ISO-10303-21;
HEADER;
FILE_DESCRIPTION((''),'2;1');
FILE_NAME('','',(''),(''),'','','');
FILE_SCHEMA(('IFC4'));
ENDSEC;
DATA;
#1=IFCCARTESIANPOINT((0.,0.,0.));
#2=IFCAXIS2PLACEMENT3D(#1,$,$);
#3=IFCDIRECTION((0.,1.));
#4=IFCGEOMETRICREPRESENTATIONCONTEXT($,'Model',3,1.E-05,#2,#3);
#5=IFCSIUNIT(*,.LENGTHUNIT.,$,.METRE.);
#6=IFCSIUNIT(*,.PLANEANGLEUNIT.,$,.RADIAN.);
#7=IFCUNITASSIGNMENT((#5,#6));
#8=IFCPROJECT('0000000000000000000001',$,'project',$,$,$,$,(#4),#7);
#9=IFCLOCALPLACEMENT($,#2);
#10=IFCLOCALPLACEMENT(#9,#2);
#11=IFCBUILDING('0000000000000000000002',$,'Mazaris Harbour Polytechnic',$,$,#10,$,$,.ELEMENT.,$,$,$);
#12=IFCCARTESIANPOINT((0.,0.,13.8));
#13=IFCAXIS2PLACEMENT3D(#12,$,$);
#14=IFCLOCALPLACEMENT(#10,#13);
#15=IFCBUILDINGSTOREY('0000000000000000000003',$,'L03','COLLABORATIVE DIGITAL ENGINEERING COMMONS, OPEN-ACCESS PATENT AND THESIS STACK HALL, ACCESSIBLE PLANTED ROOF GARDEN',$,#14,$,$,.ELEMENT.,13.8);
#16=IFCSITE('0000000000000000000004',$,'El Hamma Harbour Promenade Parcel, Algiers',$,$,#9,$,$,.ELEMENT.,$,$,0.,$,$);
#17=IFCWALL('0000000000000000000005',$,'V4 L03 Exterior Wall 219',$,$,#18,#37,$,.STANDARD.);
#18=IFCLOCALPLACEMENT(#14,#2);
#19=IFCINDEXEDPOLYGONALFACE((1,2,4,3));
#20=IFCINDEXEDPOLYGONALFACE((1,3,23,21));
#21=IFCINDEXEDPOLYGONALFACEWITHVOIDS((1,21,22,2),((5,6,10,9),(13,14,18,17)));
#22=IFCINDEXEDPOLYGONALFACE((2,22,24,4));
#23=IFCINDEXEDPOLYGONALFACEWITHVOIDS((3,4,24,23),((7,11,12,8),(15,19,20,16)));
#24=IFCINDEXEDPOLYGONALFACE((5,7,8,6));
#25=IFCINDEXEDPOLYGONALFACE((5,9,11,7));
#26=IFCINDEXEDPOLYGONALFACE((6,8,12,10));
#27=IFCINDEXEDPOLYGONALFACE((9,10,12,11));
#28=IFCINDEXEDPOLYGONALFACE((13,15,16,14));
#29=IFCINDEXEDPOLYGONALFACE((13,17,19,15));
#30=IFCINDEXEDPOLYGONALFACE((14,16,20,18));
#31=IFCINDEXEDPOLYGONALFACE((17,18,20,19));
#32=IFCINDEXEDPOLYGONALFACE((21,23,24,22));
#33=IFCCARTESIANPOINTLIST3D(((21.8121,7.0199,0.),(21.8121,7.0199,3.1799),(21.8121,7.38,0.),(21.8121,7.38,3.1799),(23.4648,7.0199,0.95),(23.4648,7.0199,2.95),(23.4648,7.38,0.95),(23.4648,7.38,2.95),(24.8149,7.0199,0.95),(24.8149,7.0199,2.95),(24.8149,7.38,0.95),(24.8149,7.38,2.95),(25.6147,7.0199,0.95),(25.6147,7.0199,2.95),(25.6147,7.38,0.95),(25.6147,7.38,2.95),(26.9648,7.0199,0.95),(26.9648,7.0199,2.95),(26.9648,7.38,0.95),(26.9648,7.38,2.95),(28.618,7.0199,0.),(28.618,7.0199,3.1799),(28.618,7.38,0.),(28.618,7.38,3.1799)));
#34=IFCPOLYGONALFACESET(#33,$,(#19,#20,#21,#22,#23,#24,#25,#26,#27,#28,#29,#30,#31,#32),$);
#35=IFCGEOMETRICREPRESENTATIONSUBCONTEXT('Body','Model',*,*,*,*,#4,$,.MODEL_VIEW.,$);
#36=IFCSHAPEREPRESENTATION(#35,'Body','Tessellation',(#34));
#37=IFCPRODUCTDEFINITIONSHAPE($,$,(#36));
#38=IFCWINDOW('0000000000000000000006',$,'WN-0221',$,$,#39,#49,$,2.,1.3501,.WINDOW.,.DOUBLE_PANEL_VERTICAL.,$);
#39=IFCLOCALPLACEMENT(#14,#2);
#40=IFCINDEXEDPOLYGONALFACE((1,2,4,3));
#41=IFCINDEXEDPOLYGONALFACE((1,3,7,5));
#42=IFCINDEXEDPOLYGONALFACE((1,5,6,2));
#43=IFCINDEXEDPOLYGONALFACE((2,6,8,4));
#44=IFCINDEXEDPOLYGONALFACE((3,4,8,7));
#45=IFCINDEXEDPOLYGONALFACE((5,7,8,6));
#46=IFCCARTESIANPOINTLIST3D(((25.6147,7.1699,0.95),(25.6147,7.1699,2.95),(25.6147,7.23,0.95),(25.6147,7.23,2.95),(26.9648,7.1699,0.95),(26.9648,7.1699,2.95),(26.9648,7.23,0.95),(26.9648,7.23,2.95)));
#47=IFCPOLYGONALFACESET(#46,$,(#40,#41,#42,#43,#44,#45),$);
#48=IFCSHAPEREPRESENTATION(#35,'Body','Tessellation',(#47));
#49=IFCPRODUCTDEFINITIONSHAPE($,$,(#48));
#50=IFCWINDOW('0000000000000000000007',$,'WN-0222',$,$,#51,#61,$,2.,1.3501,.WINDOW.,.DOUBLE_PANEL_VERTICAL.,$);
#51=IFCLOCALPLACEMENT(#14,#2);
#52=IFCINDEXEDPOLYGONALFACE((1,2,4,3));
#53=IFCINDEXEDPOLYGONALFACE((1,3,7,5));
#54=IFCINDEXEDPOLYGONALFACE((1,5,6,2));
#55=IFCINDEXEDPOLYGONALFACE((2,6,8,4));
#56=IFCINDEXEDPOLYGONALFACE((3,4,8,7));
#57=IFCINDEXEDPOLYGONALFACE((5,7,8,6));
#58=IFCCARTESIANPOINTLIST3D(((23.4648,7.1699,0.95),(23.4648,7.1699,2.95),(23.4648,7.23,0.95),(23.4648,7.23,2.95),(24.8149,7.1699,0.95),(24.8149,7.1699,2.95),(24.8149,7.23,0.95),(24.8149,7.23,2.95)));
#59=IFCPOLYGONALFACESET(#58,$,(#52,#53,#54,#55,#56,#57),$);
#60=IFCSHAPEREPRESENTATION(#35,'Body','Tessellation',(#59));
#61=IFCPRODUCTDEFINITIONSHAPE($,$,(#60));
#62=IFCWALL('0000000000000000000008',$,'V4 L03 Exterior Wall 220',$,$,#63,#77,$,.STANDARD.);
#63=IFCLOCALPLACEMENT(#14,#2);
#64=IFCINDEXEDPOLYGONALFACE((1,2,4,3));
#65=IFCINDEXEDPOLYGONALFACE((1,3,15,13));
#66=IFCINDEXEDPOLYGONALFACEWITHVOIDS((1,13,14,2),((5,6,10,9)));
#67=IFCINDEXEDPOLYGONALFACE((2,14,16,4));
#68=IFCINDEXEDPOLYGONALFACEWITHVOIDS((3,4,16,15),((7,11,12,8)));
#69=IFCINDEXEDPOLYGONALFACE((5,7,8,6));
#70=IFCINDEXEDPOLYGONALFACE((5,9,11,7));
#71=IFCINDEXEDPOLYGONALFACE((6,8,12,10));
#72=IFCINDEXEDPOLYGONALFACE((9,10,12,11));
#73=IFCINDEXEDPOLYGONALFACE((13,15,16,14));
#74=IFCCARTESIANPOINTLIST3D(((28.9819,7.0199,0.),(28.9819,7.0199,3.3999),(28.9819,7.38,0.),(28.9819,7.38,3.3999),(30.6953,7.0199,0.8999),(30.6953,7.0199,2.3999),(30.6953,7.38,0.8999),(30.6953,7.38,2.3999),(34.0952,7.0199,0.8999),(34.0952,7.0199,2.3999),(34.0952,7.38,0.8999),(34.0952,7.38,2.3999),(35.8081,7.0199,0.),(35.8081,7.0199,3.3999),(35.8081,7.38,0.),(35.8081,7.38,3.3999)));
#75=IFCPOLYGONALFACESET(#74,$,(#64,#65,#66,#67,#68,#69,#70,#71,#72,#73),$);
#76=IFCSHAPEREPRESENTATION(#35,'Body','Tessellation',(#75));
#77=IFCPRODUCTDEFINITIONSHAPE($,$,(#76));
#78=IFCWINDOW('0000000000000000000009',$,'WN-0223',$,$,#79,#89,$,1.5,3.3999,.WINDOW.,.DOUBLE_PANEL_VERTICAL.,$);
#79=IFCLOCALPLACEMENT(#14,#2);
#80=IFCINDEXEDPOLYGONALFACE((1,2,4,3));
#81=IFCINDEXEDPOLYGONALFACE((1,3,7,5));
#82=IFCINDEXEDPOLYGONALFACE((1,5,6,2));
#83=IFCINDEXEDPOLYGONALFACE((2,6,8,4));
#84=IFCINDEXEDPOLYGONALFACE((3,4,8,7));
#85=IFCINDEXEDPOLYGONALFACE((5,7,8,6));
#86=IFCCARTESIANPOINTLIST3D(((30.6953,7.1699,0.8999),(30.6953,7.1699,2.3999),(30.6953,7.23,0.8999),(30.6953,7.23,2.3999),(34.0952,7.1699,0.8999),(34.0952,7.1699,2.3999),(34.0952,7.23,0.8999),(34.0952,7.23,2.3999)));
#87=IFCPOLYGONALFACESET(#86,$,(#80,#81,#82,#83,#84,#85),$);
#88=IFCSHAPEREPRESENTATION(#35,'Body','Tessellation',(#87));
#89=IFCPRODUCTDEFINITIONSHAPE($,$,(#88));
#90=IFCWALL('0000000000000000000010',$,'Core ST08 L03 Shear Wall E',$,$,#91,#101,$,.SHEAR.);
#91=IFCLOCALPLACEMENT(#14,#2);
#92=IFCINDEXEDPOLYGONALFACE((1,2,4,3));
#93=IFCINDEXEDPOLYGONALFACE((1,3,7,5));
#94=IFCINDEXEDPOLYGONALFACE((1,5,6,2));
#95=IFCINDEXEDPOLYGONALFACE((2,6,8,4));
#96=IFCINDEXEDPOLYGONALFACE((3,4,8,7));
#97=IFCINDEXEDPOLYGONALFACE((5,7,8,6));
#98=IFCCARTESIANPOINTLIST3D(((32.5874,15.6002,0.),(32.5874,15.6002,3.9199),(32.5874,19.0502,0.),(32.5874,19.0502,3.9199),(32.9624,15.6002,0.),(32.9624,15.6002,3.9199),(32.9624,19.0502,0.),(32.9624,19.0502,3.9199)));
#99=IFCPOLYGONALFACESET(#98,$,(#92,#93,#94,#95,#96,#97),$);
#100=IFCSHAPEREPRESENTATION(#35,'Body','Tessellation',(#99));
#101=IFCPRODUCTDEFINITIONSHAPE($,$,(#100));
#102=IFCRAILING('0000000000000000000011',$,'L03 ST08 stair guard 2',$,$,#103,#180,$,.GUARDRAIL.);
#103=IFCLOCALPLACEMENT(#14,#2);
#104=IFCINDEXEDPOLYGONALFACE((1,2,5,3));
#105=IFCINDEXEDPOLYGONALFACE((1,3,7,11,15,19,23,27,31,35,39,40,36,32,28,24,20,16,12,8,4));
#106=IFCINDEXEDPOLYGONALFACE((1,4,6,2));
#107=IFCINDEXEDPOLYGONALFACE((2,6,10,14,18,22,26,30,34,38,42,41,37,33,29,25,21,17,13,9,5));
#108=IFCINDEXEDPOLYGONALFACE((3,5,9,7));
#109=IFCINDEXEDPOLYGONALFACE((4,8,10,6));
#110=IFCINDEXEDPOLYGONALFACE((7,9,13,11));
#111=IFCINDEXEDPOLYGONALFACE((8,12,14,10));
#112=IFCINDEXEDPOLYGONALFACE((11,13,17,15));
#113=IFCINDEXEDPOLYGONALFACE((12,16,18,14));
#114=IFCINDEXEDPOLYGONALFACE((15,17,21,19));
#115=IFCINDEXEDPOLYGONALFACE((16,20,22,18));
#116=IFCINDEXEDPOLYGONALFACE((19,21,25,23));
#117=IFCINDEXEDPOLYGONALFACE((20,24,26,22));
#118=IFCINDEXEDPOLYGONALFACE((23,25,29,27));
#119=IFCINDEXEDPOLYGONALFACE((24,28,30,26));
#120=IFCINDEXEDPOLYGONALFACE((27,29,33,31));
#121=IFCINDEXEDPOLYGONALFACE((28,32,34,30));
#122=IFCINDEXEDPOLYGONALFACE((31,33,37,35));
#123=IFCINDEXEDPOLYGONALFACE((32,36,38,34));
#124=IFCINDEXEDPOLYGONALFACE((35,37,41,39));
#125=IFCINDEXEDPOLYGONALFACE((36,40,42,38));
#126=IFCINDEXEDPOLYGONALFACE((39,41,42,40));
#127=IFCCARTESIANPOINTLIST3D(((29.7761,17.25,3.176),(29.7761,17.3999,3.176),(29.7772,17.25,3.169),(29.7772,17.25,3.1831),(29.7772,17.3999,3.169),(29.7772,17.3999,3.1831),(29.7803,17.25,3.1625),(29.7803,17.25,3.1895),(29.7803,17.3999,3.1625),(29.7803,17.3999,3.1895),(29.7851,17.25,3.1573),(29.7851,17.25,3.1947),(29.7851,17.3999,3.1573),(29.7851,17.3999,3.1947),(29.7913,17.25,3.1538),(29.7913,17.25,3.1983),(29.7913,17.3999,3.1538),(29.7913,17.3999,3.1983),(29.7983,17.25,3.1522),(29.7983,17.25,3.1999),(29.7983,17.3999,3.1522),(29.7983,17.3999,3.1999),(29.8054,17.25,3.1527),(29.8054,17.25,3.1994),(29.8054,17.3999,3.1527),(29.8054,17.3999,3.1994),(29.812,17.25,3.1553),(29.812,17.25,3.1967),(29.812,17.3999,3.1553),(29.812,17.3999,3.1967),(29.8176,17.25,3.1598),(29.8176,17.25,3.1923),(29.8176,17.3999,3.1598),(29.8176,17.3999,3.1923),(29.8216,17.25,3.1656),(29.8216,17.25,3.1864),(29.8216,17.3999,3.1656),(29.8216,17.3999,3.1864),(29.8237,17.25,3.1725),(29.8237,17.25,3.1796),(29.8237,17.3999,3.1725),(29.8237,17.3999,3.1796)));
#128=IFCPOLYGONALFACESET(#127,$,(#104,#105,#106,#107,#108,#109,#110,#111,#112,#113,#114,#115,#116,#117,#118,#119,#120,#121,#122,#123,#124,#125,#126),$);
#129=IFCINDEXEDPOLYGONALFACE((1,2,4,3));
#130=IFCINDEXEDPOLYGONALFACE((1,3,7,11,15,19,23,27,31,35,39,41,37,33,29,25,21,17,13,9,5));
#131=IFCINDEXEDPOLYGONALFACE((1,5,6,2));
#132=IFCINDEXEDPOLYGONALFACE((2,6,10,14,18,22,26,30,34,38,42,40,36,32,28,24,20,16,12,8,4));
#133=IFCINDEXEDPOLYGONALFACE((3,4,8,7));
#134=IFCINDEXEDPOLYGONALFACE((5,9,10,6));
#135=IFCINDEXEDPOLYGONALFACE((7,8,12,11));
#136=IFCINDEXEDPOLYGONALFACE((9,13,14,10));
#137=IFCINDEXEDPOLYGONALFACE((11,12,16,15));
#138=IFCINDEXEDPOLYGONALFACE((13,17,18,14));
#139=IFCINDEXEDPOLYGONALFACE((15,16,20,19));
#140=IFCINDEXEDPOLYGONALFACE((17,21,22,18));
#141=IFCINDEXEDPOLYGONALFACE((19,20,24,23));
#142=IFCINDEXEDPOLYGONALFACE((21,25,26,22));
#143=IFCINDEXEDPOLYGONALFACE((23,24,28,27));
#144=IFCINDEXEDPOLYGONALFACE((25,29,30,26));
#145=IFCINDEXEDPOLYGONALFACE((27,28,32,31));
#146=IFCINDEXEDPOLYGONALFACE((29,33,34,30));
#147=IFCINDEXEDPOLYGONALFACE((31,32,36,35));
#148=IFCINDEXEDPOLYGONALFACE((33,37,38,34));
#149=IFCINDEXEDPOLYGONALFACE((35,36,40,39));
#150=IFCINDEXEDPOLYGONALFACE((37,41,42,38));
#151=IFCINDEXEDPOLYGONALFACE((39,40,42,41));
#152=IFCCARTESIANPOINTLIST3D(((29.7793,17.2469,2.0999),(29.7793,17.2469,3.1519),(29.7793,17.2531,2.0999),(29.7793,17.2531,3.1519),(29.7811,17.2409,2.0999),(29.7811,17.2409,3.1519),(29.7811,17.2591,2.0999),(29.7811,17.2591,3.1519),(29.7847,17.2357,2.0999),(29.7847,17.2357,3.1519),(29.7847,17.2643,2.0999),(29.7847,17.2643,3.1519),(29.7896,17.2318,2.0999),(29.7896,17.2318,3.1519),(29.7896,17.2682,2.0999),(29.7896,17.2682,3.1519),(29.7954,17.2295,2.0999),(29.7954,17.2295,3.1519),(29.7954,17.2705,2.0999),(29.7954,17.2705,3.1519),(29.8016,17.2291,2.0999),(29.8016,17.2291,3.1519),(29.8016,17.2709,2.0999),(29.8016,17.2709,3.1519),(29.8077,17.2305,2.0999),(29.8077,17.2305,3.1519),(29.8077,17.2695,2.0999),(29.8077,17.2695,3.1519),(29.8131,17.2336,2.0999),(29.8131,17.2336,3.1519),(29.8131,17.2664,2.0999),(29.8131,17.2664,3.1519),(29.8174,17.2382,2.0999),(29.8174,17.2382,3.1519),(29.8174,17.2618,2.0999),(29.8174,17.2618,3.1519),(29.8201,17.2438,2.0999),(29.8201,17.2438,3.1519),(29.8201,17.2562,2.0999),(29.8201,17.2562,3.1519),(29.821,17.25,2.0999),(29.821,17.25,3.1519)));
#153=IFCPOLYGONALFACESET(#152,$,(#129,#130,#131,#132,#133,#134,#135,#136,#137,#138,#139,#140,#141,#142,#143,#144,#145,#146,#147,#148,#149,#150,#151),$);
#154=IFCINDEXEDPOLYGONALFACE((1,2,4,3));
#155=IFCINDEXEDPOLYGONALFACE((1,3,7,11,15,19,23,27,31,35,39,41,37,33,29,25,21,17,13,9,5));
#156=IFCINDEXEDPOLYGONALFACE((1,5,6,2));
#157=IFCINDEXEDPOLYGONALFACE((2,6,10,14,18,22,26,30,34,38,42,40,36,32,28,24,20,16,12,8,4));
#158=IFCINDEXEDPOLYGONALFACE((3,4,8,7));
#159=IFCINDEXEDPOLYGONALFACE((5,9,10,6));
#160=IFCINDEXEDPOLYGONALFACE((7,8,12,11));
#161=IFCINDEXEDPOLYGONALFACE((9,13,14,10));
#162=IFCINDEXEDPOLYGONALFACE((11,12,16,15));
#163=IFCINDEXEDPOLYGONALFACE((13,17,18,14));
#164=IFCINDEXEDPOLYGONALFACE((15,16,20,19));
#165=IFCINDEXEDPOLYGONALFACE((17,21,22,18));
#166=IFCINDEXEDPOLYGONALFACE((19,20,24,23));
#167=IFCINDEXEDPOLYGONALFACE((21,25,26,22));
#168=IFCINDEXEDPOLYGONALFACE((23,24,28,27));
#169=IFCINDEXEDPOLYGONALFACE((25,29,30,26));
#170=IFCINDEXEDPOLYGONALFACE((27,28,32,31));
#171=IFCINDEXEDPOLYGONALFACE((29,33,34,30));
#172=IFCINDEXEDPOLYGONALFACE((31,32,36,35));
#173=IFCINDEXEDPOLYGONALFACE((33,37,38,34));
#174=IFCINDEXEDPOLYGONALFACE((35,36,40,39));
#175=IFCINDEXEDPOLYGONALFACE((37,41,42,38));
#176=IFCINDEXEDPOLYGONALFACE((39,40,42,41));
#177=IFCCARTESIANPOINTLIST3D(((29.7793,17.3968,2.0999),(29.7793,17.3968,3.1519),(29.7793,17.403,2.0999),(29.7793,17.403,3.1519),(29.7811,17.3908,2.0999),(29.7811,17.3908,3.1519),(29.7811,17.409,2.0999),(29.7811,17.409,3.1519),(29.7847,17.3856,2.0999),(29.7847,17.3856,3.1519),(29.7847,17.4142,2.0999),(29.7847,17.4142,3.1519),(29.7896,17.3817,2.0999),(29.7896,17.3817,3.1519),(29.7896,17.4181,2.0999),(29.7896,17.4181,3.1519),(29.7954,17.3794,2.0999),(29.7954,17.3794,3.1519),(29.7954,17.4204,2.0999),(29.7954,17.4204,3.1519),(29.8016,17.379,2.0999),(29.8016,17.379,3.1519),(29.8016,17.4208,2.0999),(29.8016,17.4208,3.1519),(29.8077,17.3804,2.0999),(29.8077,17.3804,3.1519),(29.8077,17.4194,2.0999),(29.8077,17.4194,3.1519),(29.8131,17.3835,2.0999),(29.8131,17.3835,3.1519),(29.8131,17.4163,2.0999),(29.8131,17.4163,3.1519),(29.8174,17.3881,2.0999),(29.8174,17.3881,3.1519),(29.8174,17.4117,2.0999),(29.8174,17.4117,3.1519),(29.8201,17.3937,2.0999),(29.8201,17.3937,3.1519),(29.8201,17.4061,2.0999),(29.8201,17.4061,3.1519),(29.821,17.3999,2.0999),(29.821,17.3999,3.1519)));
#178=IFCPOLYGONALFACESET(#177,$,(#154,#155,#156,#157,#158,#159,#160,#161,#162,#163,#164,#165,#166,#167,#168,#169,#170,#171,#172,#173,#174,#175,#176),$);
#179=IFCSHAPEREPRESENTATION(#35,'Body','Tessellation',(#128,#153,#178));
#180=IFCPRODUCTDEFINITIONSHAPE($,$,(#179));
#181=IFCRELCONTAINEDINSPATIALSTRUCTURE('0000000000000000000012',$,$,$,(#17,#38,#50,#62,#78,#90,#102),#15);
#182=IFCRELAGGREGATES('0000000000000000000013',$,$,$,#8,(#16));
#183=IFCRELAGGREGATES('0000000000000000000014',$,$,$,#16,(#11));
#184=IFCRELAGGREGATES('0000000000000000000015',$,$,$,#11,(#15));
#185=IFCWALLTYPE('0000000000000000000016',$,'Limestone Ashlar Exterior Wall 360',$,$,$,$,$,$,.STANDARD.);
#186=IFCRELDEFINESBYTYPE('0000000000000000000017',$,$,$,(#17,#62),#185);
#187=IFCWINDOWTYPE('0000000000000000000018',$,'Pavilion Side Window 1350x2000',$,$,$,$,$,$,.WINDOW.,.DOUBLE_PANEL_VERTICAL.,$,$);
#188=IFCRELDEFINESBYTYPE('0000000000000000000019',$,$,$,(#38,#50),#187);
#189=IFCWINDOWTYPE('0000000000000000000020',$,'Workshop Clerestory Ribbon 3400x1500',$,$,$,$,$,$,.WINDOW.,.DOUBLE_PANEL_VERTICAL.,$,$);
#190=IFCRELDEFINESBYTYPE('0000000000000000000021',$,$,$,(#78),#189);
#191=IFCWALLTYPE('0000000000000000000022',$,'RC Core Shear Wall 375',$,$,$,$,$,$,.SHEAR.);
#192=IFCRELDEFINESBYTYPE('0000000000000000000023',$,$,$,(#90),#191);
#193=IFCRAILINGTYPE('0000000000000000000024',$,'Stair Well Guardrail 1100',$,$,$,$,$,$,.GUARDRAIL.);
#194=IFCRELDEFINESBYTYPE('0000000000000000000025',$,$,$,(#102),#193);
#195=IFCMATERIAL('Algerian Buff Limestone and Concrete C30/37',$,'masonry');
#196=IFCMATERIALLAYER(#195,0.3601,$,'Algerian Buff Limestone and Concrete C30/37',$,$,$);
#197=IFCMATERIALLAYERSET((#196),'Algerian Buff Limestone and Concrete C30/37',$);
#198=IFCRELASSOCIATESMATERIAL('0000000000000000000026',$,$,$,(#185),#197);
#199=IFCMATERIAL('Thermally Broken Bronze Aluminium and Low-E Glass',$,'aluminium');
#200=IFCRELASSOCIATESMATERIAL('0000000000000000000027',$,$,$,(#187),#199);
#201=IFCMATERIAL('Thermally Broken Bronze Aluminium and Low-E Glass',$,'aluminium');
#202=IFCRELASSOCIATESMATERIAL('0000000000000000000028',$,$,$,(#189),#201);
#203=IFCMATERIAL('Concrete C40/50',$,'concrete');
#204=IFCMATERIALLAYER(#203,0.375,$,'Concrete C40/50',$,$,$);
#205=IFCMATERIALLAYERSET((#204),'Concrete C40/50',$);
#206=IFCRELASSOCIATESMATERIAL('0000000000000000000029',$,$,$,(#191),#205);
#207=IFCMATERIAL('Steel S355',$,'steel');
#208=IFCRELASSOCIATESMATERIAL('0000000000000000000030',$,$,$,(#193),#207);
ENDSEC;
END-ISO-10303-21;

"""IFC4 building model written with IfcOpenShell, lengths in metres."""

from ifc_helpers import new_model, si_unit, direction, frame, frame_2d, origin, origin_2d, place, context, subcontext, project, spatial, rectangle, circle, extrude, material, layer, layer_set, type_object, element, fill, save


model = new_model("IFC4")

# Units and contexts
model_context = context("Model", 3, precision=1e-05, world=origin(), true_north=direction((0.0, 1.0)))
body_context = subcontext(model_context, "Body", "Model", "MODEL_VIEW")
ifc_project = project(units=[si_unit("LENGTHUNIT", "METRE"), si_unit("PLANEANGLEUNIT", "RADIAN")], contexts=[model_context])

# Site, building, storey
site_placement = place(None, origin())
site = spatial("IfcSite", under=ifc_project, at=site_placement, Name="El Hamma Harbour Promenade Parcel, Algiers", CompositionType="ELEMENT", RefElevation=0.0)
building_placement = place(site_placement, origin())
building = spatial("IfcBuilding", under=site, at=building_placement, Name="Mazaris Harbour Polytechnic", CompositionType="ELEMENT")
storey_placement = place(building_placement, frame((0.0, 0.0, 13.8)))
storey = spatial("IfcBuildingStorey", under=building, at=storey_placement, Name="L03", Description="COLLABORATIVE DIGITAL ENGINEERING COMMONS, OPEN-ACCESS PATENT AND THESIS STACK HALL, ACCESSIBLE PLANTED ROOF GARDEN", CompositionType="ELEMENT", Elevation=13.8)

# Wall, openings, windows
ifc_material_1 = material(Name="Algerian Buff Limestone and Concrete C30/37", Category="masonry")
ifc_layer_1 = layer(ifc_material_1, 0.3601, Name="Algerian Buff Limestone and Concrete C30/37")
ifc_layer_set_1 = layer_set([ifc_layer_1], Name="Algerian Buff Limestone and Concrete C30/37")
wall_type_1 = type_object("IfcWallType", Name="Limestone Ashlar Exterior Wall 360", PredefinedType="STANDARD", material=ifc_layer_set_1)
wall_1_placement = place(storey_placement, frame((28.6179, 7.2, 0.0), z_axis=(0.0, 0.0, 1.0), x_axis=(-1.0, 0.0, 0.0)))
wall_1 = element("IfcWall", 1, at=wall_1_placement, inside=storey, type_object=wall_type_1, Name="V4 L03 Exterior Wall 219", PredefinedType="STANDARD", context=body_context, shape_type="SweptSolid", body=[
    extrude(rectangle(XDim=6.8059, YDim=0.3601, at=frame_2d((3.4028, 0.0))), origin(), (0.0, 0.0, 1.0), 3.1799),
])
opening_1_placement = place(wall_1_placement, frame((1.6531, 0.0, 0.95)))
opening_1 = element("IfcOpeningElement", 2, at=opening_1_placement, cuts=wall_1, PredefinedType="OPENING", context=body_context, shape_type="SweptSolid", body=[
    extrude(rectangle(XDim=1.3501, YDim=2.0, at=frame_2d((0.675, 1.0))), frame((0.0, 0.1899, 0.0), z_axis=(0.0, -1.0, 0.0), x_axis=(1.0, 0.0, 0.0)), (0.0, 0.0, 1.0), 0.3801),
])
opening_2_placement = place(wall_1_placement, frame((3.803, 0.0, 0.95)))
opening_2 = element("IfcOpeningElement", 3, at=opening_2_placement, cuts=wall_1, PredefinedType="OPENING", context=body_context, shape_type="SweptSolid", body=[
    extrude(rectangle(XDim=1.3501, YDim=2.0, at=frame_2d((0.675, 1.0))), frame((0.0, 0.1899, 0.0), z_axis=(0.0, -1.0, 0.0), x_axis=(1.0, 0.0, 0.0)), (0.0, 0.0, 1.0), 0.3801),
])
ifc_material_2 = material(Name="Thermally Broken Bronze Aluminium and Low-E Glass", Category="aluminium")
window_type_1 = type_object("IfcWindowType", Name="Pavilion Side Window 1350x2000", PartitioningType="DOUBLE_PANEL_VERTICAL", PredefinedType="WINDOW", material=ifc_material_2)
window_1_placement = place(opening_1_placement, origin())
window_1 = element("IfcWindow", 4, at=window_1_placement, inside=storey, type_object=window_type_1, Name="WN-0221", OverallHeight=2.0, OverallWidth=1.3501, PartitioningType="DOUBLE_PANEL_VERTICAL", PredefinedType="WINDOW", context=body_context, shape_type="SweptSolid", body=[
    extrude(rectangle(XDim=1.3501, YDim=2.0, at=frame_2d((0.675, 1.0))), frame((0.0, 0.03, 0.0), z_axis=(0.0, -1.0, 0.0), x_axis=(1.0, 0.0, 0.0)), (0.0, 0.0, 1.0), 0.0601),
])
fill(opening_1, window_1)
window_2_placement = place(opening_2_placement, origin())
window_2 = element("IfcWindow", 5, at=window_2_placement, inside=storey, type_object=window_type_1, Name="WN-0222", OverallHeight=2.0, OverallWidth=1.3501, PartitioningType="DOUBLE_PANEL_VERTICAL", PredefinedType="WINDOW", context=body_context, shape_type="SweptSolid", body=[
    extrude(rectangle(XDim=1.3501, YDim=2.0, at=frame_2d((0.675, 1.0))), frame((0.0, 0.03, 0.0), z_axis=(0.0, -1.0, 0.0), x_axis=(1.0, 0.0, 0.0)), (0.0, 0.0, 1.0), 0.0601),
])
fill(opening_2, window_2)

# Wall, opening, window
wall_2_placement = place(storey_placement, frame((35.8081, 7.2, 0.0), z_axis=(0.0, 0.0, 1.0), x_axis=(-1.0, 0.0, 0.0)))
wall_2 = element("IfcWall", 6, at=wall_2_placement, inside=storey, type_object=wall_type_1, Name="V4 L03 Exterior Wall 220", PredefinedType="STANDARD", context=body_context, shape_type="SweptSolid", body=[
    extrude(rectangle(XDim=6.8262, YDim=0.3601, at=frame_2d((3.4131, 0.0))), origin(), (0.0, 0.0, 1.0), 3.3999),
])
opening_3_placement = place(wall_2_placement, frame((1.7129, 0.0, 0.8999)))
opening_3 = element("IfcOpeningElement", 7, at=opening_3_placement, cuts=wall_2, PredefinedType="OPENING", context=body_context, shape_type="SweptSolid", body=[
    extrude(rectangle(XDim=3.3999, YDim=1.5, at=frame_2d((1.7, 0.75))), frame((0.0, 0.1899, 0.0), z_axis=(0.0, -1.0, 0.0), x_axis=(1.0, 0.0, 0.0)), (0.0, 0.0, 1.0), 0.3801),
])
ifc_material_3 = material(Name="Thermally Broken Bronze Aluminium and Low-E Glass", Category="aluminium")
window_type_2 = type_object("IfcWindowType", Name="Workshop Clerestory Ribbon 3400x1500", PartitioningType="DOUBLE_PANEL_VERTICAL", PredefinedType="WINDOW", material=ifc_material_3)
window_3_placement = place(opening_3_placement, origin())
window_3 = element("IfcWindow", 8, at=window_3_placement, inside=storey, type_object=window_type_2, Name="WN-0223", OverallHeight=1.5, OverallWidth=3.3999, PartitioningType="DOUBLE_PANEL_VERTICAL", PredefinedType="WINDOW", context=body_context, shape_type="SweptSolid", body=[
    extrude(rectangle(XDim=3.3999, YDim=1.5, at=frame_2d((1.7, 0.75))), frame((0.0, 0.03, 0.0), z_axis=(0.0, -1.0, 0.0), x_axis=(1.0, 0.0, 0.0)), (0.0, 0.0, 1.0), 0.0601),
])
fill(opening_3, window_3)

# Wall
ifc_material_4 = material(Name="Concrete C40/50", Category="concrete")
ifc_layer_2 = layer(ifc_material_4, 0.375, Name="Concrete C40/50")
ifc_layer_set_2 = layer_set([ifc_layer_2], Name="Concrete C40/50")
wall_type_2 = type_object("IfcWallType", Name="RC Core Shear Wall 375", PredefinedType="SHEAR", material=ifc_layer_set_2)
wall_3_placement = place(storey_placement, frame((32.7749, 15.6001, 0.0), z_axis=(0.0, 0.0, 1.0), x_axis=(0.0, 1.0, 0.0)))
element("IfcWall", 9, at=wall_3_placement, inside=storey, type_object=wall_type_2, Name="Core ST08 L03 Shear Wall E", PredefinedType="SHEAR", context=body_context, shape_type="SweptSolid", body=[
    extrude(rectangle(XDim=3.45, YDim=0.375, at=frame_2d((1.7251, 0.0))), origin(), (0.0, 0.0, 1.0), 3.9199),
])

# Railing
ifc_material_5 = material(Name="Steel S355", Category="steel")
railing_type_1 = type_object("IfcRailingType", Name="Stair Well Guardrail 1100", PredefinedType="GUARDRAIL", material=ifc_material_5)
railing_placement = place(storey_placement, frame((29.8, 17.25, 2.0999)))
element("IfcRailing", 10, at=railing_placement, inside=storey, type_object=railing_type_1, Name="L03 ST08 stair guard 2", PredefinedType="GUARDRAIL", context=body_context, shape_type="SweptSolid", body=[
    extrude(circle(Radius=0.0239, at=origin_2d()), frame((0.0, 0.0, 1.0762), z_axis=(0.0, 1.0, 0.0), x_axis=(-1.0, 0.0, 0.0)), (0.0, 0.0, 1.0), 0.1499),
    extrude(circle(Radius=0.021, at=origin_2d()), origin(), (0.0, 0.0, 1.0), 1.052),
    extrude(circle(Radius=0.021, at=origin_2d()), frame((0.0, 0.1499, 0.0)), (0.0, 0.0, 1.0), 1.052),
])

save(model, "model.ifc")
